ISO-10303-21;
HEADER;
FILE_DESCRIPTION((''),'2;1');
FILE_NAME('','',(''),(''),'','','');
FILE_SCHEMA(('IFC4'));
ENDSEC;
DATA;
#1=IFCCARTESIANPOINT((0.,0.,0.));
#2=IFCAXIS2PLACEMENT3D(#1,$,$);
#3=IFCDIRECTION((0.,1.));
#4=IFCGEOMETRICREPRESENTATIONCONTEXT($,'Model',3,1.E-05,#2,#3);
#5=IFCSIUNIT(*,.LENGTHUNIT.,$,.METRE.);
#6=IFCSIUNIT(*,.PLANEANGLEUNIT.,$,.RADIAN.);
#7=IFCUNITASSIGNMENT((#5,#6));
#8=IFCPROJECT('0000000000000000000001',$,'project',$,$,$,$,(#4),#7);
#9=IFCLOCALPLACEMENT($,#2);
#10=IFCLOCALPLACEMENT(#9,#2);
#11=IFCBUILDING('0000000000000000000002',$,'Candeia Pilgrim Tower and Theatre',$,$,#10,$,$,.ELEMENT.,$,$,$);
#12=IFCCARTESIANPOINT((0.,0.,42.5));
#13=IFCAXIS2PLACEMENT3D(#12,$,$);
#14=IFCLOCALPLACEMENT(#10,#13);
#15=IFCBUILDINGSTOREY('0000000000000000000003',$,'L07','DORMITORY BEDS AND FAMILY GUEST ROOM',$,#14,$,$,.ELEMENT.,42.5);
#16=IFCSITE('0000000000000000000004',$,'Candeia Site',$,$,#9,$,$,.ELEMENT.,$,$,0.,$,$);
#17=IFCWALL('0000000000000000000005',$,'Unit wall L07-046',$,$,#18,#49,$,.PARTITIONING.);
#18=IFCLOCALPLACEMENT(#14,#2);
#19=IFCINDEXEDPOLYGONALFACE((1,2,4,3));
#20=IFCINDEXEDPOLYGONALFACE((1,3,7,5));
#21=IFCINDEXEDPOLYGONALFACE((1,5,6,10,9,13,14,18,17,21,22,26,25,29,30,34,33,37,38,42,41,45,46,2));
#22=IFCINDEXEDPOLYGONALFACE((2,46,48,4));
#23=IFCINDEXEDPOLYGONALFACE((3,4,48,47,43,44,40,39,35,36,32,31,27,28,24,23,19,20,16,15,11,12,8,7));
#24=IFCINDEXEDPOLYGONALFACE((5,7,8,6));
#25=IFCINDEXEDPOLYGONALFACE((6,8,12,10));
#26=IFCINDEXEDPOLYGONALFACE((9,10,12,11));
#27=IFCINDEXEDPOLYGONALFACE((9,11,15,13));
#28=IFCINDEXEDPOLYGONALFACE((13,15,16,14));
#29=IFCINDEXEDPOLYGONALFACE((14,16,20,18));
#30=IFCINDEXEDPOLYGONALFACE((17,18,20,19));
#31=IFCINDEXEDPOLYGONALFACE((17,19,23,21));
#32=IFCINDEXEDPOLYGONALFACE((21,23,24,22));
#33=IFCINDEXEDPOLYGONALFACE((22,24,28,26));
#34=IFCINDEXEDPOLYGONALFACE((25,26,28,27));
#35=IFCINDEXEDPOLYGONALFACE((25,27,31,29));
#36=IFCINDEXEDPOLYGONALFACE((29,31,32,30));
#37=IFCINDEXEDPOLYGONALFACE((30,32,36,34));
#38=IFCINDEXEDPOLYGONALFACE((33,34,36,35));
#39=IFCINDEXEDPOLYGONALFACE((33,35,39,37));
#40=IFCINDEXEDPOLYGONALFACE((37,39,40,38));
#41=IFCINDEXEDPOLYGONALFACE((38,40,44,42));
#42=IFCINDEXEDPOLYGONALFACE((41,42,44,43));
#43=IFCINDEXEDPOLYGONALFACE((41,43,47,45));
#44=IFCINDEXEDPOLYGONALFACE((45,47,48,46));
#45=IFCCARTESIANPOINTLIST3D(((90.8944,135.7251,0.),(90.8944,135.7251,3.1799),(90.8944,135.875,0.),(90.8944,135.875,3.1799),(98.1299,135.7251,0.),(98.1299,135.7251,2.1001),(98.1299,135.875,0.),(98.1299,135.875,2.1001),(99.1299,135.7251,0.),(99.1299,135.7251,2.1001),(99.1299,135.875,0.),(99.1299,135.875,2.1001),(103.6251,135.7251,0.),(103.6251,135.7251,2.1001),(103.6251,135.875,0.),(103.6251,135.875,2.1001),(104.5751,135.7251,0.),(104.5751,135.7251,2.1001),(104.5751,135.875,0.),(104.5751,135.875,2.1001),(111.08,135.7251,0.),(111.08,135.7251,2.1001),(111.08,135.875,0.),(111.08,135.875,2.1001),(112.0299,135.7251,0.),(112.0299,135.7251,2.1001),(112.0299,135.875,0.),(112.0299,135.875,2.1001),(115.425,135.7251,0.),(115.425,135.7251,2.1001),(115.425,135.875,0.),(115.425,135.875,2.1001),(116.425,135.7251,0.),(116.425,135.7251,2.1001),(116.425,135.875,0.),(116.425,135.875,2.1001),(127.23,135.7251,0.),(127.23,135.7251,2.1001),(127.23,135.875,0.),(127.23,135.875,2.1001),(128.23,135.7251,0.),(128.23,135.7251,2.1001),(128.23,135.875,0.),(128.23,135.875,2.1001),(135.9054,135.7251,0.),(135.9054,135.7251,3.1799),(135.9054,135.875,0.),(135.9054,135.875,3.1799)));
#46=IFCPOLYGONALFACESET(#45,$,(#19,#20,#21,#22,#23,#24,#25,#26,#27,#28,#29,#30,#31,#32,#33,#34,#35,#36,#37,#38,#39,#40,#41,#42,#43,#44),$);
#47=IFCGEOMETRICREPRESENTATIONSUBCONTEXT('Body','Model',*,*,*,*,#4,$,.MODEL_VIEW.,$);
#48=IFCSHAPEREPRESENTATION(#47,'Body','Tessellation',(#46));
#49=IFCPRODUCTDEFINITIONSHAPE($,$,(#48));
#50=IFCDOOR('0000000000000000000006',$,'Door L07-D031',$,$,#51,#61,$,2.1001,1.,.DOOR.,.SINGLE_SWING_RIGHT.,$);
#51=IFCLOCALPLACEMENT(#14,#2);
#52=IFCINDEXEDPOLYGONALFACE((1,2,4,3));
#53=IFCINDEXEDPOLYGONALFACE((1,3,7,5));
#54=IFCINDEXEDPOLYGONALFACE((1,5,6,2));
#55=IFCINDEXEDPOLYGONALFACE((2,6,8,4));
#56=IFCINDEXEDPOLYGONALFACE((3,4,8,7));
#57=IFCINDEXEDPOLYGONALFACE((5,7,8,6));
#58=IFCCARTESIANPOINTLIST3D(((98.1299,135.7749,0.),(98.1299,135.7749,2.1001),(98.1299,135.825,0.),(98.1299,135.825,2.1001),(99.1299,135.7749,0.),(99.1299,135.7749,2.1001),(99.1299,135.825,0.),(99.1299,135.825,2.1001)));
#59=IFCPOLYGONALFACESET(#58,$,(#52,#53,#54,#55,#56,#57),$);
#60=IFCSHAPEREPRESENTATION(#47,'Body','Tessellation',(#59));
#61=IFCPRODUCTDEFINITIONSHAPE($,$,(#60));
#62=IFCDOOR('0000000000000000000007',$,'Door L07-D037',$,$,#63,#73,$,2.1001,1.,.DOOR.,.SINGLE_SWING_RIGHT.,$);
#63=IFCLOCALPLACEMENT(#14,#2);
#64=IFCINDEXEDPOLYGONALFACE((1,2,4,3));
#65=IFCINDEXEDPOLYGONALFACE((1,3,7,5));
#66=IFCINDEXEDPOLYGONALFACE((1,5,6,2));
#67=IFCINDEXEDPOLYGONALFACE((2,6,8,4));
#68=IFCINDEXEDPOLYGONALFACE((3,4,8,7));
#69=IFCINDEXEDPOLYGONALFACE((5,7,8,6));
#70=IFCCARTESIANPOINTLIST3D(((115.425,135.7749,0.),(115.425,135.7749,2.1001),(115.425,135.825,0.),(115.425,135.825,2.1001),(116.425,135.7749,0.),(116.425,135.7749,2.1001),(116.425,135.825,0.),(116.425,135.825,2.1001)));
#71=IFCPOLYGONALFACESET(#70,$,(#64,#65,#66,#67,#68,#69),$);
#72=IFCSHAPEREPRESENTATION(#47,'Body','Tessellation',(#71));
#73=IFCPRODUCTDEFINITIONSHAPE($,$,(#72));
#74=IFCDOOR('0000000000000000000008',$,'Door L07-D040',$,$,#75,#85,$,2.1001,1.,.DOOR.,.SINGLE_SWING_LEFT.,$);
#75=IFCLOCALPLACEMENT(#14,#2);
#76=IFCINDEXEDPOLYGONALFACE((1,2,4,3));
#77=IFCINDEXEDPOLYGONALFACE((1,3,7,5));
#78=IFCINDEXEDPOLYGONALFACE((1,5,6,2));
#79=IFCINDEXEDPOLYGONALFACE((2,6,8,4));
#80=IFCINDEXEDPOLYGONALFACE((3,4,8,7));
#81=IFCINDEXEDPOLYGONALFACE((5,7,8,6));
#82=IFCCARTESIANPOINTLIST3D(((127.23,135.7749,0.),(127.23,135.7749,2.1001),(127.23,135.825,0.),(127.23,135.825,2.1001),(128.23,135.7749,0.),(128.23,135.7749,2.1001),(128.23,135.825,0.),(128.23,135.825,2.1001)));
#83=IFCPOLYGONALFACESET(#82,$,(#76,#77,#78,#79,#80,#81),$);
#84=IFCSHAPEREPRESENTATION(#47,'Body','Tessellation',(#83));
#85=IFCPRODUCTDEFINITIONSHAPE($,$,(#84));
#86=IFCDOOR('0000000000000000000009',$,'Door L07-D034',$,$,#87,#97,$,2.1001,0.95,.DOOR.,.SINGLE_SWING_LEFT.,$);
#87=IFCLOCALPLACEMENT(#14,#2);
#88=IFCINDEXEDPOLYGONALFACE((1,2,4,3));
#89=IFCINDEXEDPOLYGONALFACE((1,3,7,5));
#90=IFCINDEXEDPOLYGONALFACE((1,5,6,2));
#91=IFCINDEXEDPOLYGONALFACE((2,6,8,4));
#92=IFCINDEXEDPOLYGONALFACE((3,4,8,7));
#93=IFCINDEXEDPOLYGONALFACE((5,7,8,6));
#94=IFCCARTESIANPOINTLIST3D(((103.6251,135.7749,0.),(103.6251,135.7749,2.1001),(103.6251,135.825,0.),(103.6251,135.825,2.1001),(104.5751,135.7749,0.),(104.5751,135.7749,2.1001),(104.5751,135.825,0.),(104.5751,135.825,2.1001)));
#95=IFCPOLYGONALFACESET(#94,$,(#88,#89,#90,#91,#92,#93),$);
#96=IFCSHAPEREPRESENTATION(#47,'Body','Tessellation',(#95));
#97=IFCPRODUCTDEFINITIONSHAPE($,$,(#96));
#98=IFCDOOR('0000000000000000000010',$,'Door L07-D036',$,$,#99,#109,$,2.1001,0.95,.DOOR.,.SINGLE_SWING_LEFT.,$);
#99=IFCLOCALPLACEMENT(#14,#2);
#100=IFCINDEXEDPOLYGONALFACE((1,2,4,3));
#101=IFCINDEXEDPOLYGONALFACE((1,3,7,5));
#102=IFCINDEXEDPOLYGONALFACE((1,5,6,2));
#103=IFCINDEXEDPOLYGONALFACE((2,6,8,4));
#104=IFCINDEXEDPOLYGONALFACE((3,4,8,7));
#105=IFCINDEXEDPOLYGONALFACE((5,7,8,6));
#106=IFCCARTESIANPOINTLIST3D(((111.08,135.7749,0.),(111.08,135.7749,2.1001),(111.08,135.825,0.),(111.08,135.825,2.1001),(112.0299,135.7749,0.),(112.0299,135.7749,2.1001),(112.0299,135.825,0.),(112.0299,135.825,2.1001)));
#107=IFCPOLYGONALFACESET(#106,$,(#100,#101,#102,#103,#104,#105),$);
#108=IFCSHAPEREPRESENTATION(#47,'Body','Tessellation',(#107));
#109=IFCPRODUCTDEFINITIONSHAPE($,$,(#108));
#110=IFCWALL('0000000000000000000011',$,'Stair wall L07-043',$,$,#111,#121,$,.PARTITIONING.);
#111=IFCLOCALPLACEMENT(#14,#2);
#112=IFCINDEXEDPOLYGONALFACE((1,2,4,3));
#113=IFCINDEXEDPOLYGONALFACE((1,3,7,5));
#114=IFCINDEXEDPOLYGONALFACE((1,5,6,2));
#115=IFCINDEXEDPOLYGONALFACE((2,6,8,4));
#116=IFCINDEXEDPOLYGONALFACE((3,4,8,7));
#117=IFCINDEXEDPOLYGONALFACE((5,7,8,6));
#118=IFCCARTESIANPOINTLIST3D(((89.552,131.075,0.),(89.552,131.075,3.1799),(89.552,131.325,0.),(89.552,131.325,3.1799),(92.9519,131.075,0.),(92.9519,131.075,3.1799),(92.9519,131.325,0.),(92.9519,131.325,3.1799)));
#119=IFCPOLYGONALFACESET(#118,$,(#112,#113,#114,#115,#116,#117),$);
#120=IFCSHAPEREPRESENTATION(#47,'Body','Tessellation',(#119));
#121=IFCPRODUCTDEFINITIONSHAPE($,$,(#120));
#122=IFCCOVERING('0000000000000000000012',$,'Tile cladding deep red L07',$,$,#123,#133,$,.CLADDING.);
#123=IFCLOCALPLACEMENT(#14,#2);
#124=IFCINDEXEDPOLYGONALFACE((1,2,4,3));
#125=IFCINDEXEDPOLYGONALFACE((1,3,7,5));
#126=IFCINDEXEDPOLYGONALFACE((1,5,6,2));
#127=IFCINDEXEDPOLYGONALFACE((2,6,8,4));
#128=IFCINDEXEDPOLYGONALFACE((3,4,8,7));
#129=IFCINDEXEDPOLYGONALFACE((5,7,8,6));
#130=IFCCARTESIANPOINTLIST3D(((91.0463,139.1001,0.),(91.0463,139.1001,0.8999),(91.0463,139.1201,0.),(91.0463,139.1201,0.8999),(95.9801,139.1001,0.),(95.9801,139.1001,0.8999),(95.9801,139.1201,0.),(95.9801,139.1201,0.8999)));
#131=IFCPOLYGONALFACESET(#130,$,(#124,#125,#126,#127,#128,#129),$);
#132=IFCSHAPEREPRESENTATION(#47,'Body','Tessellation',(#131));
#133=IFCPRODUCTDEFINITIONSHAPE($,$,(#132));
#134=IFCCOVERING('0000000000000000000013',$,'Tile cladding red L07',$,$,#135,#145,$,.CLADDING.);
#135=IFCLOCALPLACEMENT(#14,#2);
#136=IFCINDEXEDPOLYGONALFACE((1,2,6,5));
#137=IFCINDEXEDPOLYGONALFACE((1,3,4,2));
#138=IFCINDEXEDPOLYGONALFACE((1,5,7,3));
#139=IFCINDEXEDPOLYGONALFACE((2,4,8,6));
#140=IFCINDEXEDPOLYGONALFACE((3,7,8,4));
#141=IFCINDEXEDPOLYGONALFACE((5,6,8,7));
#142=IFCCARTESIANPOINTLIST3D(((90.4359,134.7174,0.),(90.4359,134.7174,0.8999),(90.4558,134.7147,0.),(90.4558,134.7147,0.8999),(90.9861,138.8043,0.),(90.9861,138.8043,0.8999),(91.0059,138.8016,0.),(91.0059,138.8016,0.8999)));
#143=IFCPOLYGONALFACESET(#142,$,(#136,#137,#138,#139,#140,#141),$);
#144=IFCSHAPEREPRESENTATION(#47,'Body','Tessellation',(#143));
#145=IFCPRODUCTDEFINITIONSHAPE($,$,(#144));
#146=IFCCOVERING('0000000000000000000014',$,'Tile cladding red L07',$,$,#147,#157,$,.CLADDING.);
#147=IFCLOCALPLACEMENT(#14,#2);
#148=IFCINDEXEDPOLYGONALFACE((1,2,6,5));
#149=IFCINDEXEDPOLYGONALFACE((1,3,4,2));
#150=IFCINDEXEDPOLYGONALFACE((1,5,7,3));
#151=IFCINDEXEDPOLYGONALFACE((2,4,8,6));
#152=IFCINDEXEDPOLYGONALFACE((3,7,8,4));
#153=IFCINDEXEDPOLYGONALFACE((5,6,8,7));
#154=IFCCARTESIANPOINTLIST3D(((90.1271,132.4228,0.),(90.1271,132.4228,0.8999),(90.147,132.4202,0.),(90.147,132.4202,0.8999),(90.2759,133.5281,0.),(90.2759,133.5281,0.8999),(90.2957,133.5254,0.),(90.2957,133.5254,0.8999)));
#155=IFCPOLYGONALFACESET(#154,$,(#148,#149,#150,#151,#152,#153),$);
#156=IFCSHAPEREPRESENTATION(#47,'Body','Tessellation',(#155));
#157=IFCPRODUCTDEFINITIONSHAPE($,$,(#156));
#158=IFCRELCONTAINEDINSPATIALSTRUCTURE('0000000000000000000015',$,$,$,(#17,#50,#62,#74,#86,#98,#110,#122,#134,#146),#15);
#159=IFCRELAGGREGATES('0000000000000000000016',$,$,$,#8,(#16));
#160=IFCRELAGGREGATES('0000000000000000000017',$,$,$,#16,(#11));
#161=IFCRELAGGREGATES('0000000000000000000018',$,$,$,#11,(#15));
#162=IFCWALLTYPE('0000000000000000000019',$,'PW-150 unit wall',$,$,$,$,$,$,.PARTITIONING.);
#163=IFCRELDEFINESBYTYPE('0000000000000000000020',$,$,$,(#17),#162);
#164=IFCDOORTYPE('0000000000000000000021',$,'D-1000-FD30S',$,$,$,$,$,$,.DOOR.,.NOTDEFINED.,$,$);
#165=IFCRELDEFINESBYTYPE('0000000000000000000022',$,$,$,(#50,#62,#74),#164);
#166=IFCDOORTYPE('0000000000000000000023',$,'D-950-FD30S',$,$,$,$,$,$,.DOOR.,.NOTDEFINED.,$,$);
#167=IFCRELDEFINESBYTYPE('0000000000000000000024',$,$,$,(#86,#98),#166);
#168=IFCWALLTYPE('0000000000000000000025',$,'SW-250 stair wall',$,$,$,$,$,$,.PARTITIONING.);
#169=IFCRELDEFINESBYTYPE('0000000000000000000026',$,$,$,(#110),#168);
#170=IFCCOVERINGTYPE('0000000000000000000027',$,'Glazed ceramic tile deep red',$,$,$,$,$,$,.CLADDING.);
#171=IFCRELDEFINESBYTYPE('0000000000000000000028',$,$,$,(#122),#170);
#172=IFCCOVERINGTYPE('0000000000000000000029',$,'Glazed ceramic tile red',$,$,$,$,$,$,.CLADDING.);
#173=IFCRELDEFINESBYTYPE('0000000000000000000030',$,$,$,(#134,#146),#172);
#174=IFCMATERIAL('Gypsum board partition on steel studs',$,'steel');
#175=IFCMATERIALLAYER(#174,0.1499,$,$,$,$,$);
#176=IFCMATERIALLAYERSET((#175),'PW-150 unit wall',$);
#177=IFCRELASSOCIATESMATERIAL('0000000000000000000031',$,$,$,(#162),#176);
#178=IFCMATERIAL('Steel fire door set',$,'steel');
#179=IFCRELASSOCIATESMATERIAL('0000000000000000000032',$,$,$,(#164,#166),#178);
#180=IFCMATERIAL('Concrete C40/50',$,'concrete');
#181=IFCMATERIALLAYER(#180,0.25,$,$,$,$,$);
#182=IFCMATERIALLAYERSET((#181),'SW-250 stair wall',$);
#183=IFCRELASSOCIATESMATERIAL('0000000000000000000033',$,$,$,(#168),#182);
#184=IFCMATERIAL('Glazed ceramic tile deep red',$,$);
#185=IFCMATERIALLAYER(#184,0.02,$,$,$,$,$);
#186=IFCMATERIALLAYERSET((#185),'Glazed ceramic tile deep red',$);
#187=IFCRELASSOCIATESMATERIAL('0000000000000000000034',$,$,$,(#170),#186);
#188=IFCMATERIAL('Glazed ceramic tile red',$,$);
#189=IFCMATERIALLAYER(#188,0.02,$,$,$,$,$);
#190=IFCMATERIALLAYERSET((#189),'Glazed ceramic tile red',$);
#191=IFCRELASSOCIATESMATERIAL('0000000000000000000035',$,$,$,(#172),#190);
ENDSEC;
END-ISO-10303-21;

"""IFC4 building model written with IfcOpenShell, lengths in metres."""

from ifc_helpers import new_model, si_unit, direction, frame, frame_2d, origin, origin_2d, place, context, subcontext, project, spatial, rectangle, extrude, material, layer, layer_set, type_object, element, fill, save


model = new_model("IFC4")

# Units and contexts
model_context = context("Model", 3, precision=1e-05, world=origin(), true_north=direction((0.0, 1.0)))
body_context = subcontext(model_context, "Body", "Model", "MODEL_VIEW")
ifc_project = project(units=[si_unit("LENGTHUNIT", "METRE"), si_unit("PLANEANGLEUNIT", "RADIAN")], contexts=[model_context])

# Site, building, storey
site_placement = place(None, origin())
site = spatial("IfcSite", under=ifc_project, at=site_placement, Name="Candeia Site", CompositionType="ELEMENT", RefElevation=0.0)
building_placement = place(site_placement, origin())
building = spatial("IfcBuilding", under=site, at=building_placement, Name="Candeia Pilgrim Tower and Theatre", CompositionType="ELEMENT")
storey_placement = place(building_placement, frame((0.0, 0.0, 42.5)))
storey = spatial("IfcBuildingStorey", under=building, at=storey_placement, Name="L07", Description="DORMITORY BEDS AND FAMILY GUEST ROOM", CompositionType="ELEMENT", Elevation=42.5)

# Shared definitions
ifc_material_1 = material(Name="Steel fire door set", Category="steel")

# Shared definitions
ifc_material_2 = material(Name="Gypsum board partition on steel studs", Category="steel")

# Wall, openings, doors
ifc_layer_1 = layer(ifc_material_2, 0.1499)
ifc_layer_set_1 = layer_set([ifc_layer_1], Name="PW-150 unit wall")
wall_type_1 = type_object("IfcWallType", Name="PW-150 unit wall", PredefinedType="PARTITIONING", material=ifc_layer_set_1)
wall_1_placement = place(storey_placement, frame((90.8945, 135.8, 0.0), z_axis=(0.0, 0.0, 1.0), x_axis=(1.0, 0.0, 0.0)))
wall_1 = element("IfcWall", 1, at=wall_1_placement, inside=storey, type_object=wall_type_1, Name="Unit wall L07-046", PredefinedType="PARTITIONING", context=body_context, shape_type="SweptSolid", body=[
    extrude(rectangle(XDim=45.011, YDim=0.1499, at=frame_2d((22.5054, 0.0))), origin(), (0.0, 0.0, 1.0), 3.1799),
])
opening_1_placement = place(wall_1_placement, frame((7.2354, 0.0, 0.0)))
opening_1 = element("IfcOpeningElement", 2, at=opening_1_placement, cuts=wall_1, PredefinedType="OPENING", context=body_context, shape_type="SweptSolid", body=[
    extrude(rectangle(XDim=1.0, YDim=2.1001, at=frame_2d((0.5, 1.05))), frame((0.0, 0.085, 0.0), z_axis=(0.0, -1.0, 0.0), x_axis=(1.0, 0.0, 0.0)), (0.0, 0.0, 1.0), 0.1699),
])
opening_2_placement = place(wall_1_placement, frame((12.7305, 0.0, 0.0)))
opening_2 = element("IfcOpeningElement", 3, at=opening_2_placement, cuts=wall_1, PredefinedType="OPENING", context=body_context, shape_type="SweptSolid", body=[
    extrude(rectangle(XDim=0.95, YDim=2.1001, at=frame_2d((0.4751, 1.05))), frame((0.0, 0.085, 0.0), z_axis=(0.0, -1.0, 0.0), x_axis=(1.0, 0.0, 0.0)), (0.0, 0.0, 1.0), 0.1699),
])
opening_3_placement = place(wall_1_placement, frame((20.1853, 0.0, 0.0)))
opening_3 = element("IfcOpeningElement", 4, at=opening_3_placement, cuts=wall_1, PredefinedType="OPENING", context=body_context, shape_type="SweptSolid", body=[
    extrude(rectangle(XDim=0.95, YDim=2.1001, at=frame_2d((0.4751, 1.05))), frame((0.0, 0.085, 0.0), z_axis=(0.0, -1.0, 0.0), x_axis=(1.0, 0.0, 0.0)), (0.0, 0.0, 1.0), 0.1699),
])
opening_4_placement = place(wall_1_placement, frame((24.5305, 0.0, 0.0)))
opening_4 = element("IfcOpeningElement", 5, at=opening_4_placement, cuts=wall_1, PredefinedType="OPENING", context=body_context, shape_type="SweptSolid", body=[
    extrude(rectangle(XDim=1.0, YDim=2.1001, at=frame_2d((0.5, 1.05))), frame((0.0, 0.085, 0.0), z_axis=(0.0, -1.0, 0.0), x_axis=(1.0, 0.0, 0.0)), (0.0, 0.0, 1.0), 0.1699),
])
opening_5_placement = place(wall_1_placement, frame((36.3354, 0.0, 0.0)))
opening_5 = element("IfcOpeningElement", 6, at=opening_5_placement, cuts=wall_1, PredefinedType="OPENING", context=body_context, shape_type="SweptSolid", body=[
    extrude(rectangle(XDim=1.0, YDim=2.1001, at=frame_2d((0.5, 1.05))), frame((0.0, 0.085, 0.0), z_axis=(0.0, -1.0, 0.0), x_axis=(1.0, 0.0, 0.0)), (0.0, 0.0, 1.0), 0.1699),
])
door_type_1 = type_object("IfcDoorType", Name="D-1000-FD30S", OperationType="NOTDEFINED", PredefinedType="DOOR", material=ifc_material_1)
door_1_placement = place(opening_1_placement, origin())
door_1 = element("IfcDoor", 7, at=door_1_placement, inside=storey, type_object=door_type_1, Name="Door L07-D031", OperationType="SINGLE_SWING_RIGHT", OverallHeight=2.1001, OverallWidth=1.0, PredefinedType="DOOR", context=body_context, shape_type="SweptSolid", body=[
    extrude(rectangle(XDim=1.0, YDim=2.1001, at=frame_2d((0.5, 1.05))), frame((0.0, 0.0249, 0.0), z_axis=(0.0, -1.0, 0.0), x_axis=(1.0, 0.0, 0.0)), (0.0, 0.0, 1.0), 0.05),
])
fill(opening_1, door_1)
door_2_placement = place(opening_4_placement, origin())
door_2 = element("IfcDoor", 8, at=door_2_placement, inside=storey, type_object=door_type_1, Name="Door L07-D037", OperationType="SINGLE_SWING_RIGHT", OverallHeight=2.1001, OverallWidth=1.0, PredefinedType="DOOR", context=body_context, shape_type="SweptSolid", body=[
    extrude(rectangle(XDim=1.0, YDim=2.1001, at=frame_2d((0.5, 1.05))), frame((0.0, 0.0249, 0.0), z_axis=(0.0, -1.0, 0.0), x_axis=(1.0, 0.0, 0.0)), (0.0, 0.0, 1.0), 0.05),
])
fill(opening_4, door_2)
door_3_placement = place(opening_5_placement, origin())
door_3 = element("IfcDoor", 9, at=door_3_placement, inside=storey, type_object=door_type_1, Name="Door L07-D040", OperationType="SINGLE_SWING_LEFT", OverallHeight=2.1001, OverallWidth=1.0, PredefinedType="DOOR", context=body_context, shape_type="SweptSolid", body=[
    extrude(rectangle(XDim=1.0, YDim=2.1001, at=frame_2d((0.5, 1.05))), frame((0.0, 0.0249, 0.0), z_axis=(0.0, -1.0, 0.0), x_axis=(1.0, 0.0, 0.0)), (0.0, 0.0, 1.0), 0.05),
])
fill(opening_5, door_3)
door_type_2 = type_object("IfcDoorType", Name="D-950-FD30S", OperationType="NOTDEFINED", PredefinedType="DOOR", material=ifc_material_1)
door_4_placement = place(opening_2_placement, origin())
door_4 = element("IfcDoor", 10, at=door_4_placement, inside=storey, type_object=door_type_2, Name="Door L07-D034", OperationType="SINGLE_SWING_LEFT", OverallHeight=2.1001, OverallWidth=0.95, PredefinedType="DOOR", context=body_context, shape_type="SweptSolid", body=[
    extrude(rectangle(XDim=0.95, YDim=2.1001, at=frame_2d((0.4751, 1.05))), frame((0.0, 0.0249, 0.0), z_axis=(0.0, -1.0, 0.0), x_axis=(1.0, 0.0, 0.0)), (0.0, 0.0, 1.0), 0.05),
])
fill(opening_2, door_4)
door_5_placement = place(opening_3_placement, origin())
door_5 = element("IfcDoor", 11, at=door_5_placement, inside=storey, type_object=door_type_2, Name="Door L07-D036", OperationType="SINGLE_SWING_LEFT", OverallHeight=2.1001, OverallWidth=0.95, PredefinedType="DOOR", context=body_context, shape_type="SweptSolid", body=[
    extrude(rectangle(XDim=0.95, YDim=2.1001, at=frame_2d((0.4751, 1.05))), frame((0.0, 0.0249, 0.0), z_axis=(0.0, -1.0, 0.0), x_axis=(1.0, 0.0, 0.0)), (0.0, 0.0, 1.0), 0.05),
])
fill(opening_3, door_5)

# Wall
ifc_material_3 = material(Name="Concrete C40/50", Category="concrete")
ifc_layer_2 = layer(ifc_material_3, 0.25)
ifc_layer_set_2 = layer_set([ifc_layer_2], Name="SW-250 stair wall")
wall_type_2 = type_object("IfcWallType", Name="SW-250 stair wall", PredefinedType="PARTITIONING", material=ifc_layer_set_2)
wall_2_placement = place(storey_placement, frame((89.552, 131.2, 0.0), z_axis=(0.0, 0.0, 1.0), x_axis=(1.0, 0.0, 0.0)))
element("IfcWall", 12, at=wall_2_placement, inside=storey, type_object=wall_type_2, Name="Stair wall L07-043", PredefinedType="PARTITIONING", context=body_context, shape_type="SweptSolid", body=[
    extrude(rectangle(XDim=3.3999, YDim=0.25, at=frame_2d((1.7, 0.0))), origin(), (0.0, 0.0, 1.0), 3.1799),
])

# Coverings
ifc_material_4 = material(Name="Glazed ceramic tile deep red")
ifc_layer_3 = layer(ifc_material_4, 0.02)
ifc_layer_set_3 = layer_set([ifc_layer_3], Name="Glazed ceramic tile deep red")
covering_type_1 = type_object("IfcCoveringType", Name="Glazed ceramic tile deep red", PredefinedType="CLADDING", material=ifc_layer_set_3)
covering_1_placement = place(storey_placement, frame((93.5132, 139.1101, 0.0), z_axis=(0.0, 0.0, 1.0), x_axis=(-1.0, 0.0, 0.0)))
element("IfcCovering", 13, at=covering_1_placement, inside=storey, type_object=covering_type_1, Name="Tile cladding deep red L07", PredefinedType="CLADDING", context=body_context, shape_type="SweptSolid", body=[
    extrude(rectangle(XDim=4.9338, YDim=0.02, at=origin_2d()), origin(), (0.0, 0.0, 1.0), 0.8999),
])
ifc_material_5 = material(Name="Glazed ceramic tile red")
ifc_layer_4 = layer(ifc_material_5, 0.02)
ifc_layer_set_4 = layer_set([ifc_layer_4], Name="Glazed ceramic tile red")
covering_type_2 = type_object("IfcCoveringType", Name="Glazed ceramic tile red", PredefinedType="CLADDING", material=ifc_layer_set_4)
covering_2_placement = place(storey_placement, frame((90.7209, 136.7595, 0.0), z_axis=(0.0, 0.0, 1.0), x_axis=(-0.133412, -0.991061, 0.0)))
element("IfcCovering", 14, at=covering_2_placement, inside=storey, type_object=covering_type_2, Name="Tile cladding red L07", PredefinedType="CLADDING", context=body_context, shape_type="SweptSolid", body=[
    extrude(rectangle(XDim=4.1238, YDim=0.02, at=origin_2d()), origin(), (0.0, 0.0, 1.0), 0.8999),
])
covering_3_placement = place(storey_placement, frame((90.2114, 132.9741, 0.0), z_axis=(0.0, 0.0, 1.0), x_axis=(-0.133412, -0.991061, 0.0)))
element("IfcCovering", 15, at=covering_3_placement, inside=storey, type_object=covering_type_2, Name="Tile cladding red L07", PredefinedType="CLADDING", context=body_context, shape_type="SweptSolid", body=[
    extrude(rectangle(XDim=1.1152, YDim=0.02, at=origin_2d()), origin(), (0.0, 0.0, 1.0), 0.8999),
])

save(model, "model.ifc")
